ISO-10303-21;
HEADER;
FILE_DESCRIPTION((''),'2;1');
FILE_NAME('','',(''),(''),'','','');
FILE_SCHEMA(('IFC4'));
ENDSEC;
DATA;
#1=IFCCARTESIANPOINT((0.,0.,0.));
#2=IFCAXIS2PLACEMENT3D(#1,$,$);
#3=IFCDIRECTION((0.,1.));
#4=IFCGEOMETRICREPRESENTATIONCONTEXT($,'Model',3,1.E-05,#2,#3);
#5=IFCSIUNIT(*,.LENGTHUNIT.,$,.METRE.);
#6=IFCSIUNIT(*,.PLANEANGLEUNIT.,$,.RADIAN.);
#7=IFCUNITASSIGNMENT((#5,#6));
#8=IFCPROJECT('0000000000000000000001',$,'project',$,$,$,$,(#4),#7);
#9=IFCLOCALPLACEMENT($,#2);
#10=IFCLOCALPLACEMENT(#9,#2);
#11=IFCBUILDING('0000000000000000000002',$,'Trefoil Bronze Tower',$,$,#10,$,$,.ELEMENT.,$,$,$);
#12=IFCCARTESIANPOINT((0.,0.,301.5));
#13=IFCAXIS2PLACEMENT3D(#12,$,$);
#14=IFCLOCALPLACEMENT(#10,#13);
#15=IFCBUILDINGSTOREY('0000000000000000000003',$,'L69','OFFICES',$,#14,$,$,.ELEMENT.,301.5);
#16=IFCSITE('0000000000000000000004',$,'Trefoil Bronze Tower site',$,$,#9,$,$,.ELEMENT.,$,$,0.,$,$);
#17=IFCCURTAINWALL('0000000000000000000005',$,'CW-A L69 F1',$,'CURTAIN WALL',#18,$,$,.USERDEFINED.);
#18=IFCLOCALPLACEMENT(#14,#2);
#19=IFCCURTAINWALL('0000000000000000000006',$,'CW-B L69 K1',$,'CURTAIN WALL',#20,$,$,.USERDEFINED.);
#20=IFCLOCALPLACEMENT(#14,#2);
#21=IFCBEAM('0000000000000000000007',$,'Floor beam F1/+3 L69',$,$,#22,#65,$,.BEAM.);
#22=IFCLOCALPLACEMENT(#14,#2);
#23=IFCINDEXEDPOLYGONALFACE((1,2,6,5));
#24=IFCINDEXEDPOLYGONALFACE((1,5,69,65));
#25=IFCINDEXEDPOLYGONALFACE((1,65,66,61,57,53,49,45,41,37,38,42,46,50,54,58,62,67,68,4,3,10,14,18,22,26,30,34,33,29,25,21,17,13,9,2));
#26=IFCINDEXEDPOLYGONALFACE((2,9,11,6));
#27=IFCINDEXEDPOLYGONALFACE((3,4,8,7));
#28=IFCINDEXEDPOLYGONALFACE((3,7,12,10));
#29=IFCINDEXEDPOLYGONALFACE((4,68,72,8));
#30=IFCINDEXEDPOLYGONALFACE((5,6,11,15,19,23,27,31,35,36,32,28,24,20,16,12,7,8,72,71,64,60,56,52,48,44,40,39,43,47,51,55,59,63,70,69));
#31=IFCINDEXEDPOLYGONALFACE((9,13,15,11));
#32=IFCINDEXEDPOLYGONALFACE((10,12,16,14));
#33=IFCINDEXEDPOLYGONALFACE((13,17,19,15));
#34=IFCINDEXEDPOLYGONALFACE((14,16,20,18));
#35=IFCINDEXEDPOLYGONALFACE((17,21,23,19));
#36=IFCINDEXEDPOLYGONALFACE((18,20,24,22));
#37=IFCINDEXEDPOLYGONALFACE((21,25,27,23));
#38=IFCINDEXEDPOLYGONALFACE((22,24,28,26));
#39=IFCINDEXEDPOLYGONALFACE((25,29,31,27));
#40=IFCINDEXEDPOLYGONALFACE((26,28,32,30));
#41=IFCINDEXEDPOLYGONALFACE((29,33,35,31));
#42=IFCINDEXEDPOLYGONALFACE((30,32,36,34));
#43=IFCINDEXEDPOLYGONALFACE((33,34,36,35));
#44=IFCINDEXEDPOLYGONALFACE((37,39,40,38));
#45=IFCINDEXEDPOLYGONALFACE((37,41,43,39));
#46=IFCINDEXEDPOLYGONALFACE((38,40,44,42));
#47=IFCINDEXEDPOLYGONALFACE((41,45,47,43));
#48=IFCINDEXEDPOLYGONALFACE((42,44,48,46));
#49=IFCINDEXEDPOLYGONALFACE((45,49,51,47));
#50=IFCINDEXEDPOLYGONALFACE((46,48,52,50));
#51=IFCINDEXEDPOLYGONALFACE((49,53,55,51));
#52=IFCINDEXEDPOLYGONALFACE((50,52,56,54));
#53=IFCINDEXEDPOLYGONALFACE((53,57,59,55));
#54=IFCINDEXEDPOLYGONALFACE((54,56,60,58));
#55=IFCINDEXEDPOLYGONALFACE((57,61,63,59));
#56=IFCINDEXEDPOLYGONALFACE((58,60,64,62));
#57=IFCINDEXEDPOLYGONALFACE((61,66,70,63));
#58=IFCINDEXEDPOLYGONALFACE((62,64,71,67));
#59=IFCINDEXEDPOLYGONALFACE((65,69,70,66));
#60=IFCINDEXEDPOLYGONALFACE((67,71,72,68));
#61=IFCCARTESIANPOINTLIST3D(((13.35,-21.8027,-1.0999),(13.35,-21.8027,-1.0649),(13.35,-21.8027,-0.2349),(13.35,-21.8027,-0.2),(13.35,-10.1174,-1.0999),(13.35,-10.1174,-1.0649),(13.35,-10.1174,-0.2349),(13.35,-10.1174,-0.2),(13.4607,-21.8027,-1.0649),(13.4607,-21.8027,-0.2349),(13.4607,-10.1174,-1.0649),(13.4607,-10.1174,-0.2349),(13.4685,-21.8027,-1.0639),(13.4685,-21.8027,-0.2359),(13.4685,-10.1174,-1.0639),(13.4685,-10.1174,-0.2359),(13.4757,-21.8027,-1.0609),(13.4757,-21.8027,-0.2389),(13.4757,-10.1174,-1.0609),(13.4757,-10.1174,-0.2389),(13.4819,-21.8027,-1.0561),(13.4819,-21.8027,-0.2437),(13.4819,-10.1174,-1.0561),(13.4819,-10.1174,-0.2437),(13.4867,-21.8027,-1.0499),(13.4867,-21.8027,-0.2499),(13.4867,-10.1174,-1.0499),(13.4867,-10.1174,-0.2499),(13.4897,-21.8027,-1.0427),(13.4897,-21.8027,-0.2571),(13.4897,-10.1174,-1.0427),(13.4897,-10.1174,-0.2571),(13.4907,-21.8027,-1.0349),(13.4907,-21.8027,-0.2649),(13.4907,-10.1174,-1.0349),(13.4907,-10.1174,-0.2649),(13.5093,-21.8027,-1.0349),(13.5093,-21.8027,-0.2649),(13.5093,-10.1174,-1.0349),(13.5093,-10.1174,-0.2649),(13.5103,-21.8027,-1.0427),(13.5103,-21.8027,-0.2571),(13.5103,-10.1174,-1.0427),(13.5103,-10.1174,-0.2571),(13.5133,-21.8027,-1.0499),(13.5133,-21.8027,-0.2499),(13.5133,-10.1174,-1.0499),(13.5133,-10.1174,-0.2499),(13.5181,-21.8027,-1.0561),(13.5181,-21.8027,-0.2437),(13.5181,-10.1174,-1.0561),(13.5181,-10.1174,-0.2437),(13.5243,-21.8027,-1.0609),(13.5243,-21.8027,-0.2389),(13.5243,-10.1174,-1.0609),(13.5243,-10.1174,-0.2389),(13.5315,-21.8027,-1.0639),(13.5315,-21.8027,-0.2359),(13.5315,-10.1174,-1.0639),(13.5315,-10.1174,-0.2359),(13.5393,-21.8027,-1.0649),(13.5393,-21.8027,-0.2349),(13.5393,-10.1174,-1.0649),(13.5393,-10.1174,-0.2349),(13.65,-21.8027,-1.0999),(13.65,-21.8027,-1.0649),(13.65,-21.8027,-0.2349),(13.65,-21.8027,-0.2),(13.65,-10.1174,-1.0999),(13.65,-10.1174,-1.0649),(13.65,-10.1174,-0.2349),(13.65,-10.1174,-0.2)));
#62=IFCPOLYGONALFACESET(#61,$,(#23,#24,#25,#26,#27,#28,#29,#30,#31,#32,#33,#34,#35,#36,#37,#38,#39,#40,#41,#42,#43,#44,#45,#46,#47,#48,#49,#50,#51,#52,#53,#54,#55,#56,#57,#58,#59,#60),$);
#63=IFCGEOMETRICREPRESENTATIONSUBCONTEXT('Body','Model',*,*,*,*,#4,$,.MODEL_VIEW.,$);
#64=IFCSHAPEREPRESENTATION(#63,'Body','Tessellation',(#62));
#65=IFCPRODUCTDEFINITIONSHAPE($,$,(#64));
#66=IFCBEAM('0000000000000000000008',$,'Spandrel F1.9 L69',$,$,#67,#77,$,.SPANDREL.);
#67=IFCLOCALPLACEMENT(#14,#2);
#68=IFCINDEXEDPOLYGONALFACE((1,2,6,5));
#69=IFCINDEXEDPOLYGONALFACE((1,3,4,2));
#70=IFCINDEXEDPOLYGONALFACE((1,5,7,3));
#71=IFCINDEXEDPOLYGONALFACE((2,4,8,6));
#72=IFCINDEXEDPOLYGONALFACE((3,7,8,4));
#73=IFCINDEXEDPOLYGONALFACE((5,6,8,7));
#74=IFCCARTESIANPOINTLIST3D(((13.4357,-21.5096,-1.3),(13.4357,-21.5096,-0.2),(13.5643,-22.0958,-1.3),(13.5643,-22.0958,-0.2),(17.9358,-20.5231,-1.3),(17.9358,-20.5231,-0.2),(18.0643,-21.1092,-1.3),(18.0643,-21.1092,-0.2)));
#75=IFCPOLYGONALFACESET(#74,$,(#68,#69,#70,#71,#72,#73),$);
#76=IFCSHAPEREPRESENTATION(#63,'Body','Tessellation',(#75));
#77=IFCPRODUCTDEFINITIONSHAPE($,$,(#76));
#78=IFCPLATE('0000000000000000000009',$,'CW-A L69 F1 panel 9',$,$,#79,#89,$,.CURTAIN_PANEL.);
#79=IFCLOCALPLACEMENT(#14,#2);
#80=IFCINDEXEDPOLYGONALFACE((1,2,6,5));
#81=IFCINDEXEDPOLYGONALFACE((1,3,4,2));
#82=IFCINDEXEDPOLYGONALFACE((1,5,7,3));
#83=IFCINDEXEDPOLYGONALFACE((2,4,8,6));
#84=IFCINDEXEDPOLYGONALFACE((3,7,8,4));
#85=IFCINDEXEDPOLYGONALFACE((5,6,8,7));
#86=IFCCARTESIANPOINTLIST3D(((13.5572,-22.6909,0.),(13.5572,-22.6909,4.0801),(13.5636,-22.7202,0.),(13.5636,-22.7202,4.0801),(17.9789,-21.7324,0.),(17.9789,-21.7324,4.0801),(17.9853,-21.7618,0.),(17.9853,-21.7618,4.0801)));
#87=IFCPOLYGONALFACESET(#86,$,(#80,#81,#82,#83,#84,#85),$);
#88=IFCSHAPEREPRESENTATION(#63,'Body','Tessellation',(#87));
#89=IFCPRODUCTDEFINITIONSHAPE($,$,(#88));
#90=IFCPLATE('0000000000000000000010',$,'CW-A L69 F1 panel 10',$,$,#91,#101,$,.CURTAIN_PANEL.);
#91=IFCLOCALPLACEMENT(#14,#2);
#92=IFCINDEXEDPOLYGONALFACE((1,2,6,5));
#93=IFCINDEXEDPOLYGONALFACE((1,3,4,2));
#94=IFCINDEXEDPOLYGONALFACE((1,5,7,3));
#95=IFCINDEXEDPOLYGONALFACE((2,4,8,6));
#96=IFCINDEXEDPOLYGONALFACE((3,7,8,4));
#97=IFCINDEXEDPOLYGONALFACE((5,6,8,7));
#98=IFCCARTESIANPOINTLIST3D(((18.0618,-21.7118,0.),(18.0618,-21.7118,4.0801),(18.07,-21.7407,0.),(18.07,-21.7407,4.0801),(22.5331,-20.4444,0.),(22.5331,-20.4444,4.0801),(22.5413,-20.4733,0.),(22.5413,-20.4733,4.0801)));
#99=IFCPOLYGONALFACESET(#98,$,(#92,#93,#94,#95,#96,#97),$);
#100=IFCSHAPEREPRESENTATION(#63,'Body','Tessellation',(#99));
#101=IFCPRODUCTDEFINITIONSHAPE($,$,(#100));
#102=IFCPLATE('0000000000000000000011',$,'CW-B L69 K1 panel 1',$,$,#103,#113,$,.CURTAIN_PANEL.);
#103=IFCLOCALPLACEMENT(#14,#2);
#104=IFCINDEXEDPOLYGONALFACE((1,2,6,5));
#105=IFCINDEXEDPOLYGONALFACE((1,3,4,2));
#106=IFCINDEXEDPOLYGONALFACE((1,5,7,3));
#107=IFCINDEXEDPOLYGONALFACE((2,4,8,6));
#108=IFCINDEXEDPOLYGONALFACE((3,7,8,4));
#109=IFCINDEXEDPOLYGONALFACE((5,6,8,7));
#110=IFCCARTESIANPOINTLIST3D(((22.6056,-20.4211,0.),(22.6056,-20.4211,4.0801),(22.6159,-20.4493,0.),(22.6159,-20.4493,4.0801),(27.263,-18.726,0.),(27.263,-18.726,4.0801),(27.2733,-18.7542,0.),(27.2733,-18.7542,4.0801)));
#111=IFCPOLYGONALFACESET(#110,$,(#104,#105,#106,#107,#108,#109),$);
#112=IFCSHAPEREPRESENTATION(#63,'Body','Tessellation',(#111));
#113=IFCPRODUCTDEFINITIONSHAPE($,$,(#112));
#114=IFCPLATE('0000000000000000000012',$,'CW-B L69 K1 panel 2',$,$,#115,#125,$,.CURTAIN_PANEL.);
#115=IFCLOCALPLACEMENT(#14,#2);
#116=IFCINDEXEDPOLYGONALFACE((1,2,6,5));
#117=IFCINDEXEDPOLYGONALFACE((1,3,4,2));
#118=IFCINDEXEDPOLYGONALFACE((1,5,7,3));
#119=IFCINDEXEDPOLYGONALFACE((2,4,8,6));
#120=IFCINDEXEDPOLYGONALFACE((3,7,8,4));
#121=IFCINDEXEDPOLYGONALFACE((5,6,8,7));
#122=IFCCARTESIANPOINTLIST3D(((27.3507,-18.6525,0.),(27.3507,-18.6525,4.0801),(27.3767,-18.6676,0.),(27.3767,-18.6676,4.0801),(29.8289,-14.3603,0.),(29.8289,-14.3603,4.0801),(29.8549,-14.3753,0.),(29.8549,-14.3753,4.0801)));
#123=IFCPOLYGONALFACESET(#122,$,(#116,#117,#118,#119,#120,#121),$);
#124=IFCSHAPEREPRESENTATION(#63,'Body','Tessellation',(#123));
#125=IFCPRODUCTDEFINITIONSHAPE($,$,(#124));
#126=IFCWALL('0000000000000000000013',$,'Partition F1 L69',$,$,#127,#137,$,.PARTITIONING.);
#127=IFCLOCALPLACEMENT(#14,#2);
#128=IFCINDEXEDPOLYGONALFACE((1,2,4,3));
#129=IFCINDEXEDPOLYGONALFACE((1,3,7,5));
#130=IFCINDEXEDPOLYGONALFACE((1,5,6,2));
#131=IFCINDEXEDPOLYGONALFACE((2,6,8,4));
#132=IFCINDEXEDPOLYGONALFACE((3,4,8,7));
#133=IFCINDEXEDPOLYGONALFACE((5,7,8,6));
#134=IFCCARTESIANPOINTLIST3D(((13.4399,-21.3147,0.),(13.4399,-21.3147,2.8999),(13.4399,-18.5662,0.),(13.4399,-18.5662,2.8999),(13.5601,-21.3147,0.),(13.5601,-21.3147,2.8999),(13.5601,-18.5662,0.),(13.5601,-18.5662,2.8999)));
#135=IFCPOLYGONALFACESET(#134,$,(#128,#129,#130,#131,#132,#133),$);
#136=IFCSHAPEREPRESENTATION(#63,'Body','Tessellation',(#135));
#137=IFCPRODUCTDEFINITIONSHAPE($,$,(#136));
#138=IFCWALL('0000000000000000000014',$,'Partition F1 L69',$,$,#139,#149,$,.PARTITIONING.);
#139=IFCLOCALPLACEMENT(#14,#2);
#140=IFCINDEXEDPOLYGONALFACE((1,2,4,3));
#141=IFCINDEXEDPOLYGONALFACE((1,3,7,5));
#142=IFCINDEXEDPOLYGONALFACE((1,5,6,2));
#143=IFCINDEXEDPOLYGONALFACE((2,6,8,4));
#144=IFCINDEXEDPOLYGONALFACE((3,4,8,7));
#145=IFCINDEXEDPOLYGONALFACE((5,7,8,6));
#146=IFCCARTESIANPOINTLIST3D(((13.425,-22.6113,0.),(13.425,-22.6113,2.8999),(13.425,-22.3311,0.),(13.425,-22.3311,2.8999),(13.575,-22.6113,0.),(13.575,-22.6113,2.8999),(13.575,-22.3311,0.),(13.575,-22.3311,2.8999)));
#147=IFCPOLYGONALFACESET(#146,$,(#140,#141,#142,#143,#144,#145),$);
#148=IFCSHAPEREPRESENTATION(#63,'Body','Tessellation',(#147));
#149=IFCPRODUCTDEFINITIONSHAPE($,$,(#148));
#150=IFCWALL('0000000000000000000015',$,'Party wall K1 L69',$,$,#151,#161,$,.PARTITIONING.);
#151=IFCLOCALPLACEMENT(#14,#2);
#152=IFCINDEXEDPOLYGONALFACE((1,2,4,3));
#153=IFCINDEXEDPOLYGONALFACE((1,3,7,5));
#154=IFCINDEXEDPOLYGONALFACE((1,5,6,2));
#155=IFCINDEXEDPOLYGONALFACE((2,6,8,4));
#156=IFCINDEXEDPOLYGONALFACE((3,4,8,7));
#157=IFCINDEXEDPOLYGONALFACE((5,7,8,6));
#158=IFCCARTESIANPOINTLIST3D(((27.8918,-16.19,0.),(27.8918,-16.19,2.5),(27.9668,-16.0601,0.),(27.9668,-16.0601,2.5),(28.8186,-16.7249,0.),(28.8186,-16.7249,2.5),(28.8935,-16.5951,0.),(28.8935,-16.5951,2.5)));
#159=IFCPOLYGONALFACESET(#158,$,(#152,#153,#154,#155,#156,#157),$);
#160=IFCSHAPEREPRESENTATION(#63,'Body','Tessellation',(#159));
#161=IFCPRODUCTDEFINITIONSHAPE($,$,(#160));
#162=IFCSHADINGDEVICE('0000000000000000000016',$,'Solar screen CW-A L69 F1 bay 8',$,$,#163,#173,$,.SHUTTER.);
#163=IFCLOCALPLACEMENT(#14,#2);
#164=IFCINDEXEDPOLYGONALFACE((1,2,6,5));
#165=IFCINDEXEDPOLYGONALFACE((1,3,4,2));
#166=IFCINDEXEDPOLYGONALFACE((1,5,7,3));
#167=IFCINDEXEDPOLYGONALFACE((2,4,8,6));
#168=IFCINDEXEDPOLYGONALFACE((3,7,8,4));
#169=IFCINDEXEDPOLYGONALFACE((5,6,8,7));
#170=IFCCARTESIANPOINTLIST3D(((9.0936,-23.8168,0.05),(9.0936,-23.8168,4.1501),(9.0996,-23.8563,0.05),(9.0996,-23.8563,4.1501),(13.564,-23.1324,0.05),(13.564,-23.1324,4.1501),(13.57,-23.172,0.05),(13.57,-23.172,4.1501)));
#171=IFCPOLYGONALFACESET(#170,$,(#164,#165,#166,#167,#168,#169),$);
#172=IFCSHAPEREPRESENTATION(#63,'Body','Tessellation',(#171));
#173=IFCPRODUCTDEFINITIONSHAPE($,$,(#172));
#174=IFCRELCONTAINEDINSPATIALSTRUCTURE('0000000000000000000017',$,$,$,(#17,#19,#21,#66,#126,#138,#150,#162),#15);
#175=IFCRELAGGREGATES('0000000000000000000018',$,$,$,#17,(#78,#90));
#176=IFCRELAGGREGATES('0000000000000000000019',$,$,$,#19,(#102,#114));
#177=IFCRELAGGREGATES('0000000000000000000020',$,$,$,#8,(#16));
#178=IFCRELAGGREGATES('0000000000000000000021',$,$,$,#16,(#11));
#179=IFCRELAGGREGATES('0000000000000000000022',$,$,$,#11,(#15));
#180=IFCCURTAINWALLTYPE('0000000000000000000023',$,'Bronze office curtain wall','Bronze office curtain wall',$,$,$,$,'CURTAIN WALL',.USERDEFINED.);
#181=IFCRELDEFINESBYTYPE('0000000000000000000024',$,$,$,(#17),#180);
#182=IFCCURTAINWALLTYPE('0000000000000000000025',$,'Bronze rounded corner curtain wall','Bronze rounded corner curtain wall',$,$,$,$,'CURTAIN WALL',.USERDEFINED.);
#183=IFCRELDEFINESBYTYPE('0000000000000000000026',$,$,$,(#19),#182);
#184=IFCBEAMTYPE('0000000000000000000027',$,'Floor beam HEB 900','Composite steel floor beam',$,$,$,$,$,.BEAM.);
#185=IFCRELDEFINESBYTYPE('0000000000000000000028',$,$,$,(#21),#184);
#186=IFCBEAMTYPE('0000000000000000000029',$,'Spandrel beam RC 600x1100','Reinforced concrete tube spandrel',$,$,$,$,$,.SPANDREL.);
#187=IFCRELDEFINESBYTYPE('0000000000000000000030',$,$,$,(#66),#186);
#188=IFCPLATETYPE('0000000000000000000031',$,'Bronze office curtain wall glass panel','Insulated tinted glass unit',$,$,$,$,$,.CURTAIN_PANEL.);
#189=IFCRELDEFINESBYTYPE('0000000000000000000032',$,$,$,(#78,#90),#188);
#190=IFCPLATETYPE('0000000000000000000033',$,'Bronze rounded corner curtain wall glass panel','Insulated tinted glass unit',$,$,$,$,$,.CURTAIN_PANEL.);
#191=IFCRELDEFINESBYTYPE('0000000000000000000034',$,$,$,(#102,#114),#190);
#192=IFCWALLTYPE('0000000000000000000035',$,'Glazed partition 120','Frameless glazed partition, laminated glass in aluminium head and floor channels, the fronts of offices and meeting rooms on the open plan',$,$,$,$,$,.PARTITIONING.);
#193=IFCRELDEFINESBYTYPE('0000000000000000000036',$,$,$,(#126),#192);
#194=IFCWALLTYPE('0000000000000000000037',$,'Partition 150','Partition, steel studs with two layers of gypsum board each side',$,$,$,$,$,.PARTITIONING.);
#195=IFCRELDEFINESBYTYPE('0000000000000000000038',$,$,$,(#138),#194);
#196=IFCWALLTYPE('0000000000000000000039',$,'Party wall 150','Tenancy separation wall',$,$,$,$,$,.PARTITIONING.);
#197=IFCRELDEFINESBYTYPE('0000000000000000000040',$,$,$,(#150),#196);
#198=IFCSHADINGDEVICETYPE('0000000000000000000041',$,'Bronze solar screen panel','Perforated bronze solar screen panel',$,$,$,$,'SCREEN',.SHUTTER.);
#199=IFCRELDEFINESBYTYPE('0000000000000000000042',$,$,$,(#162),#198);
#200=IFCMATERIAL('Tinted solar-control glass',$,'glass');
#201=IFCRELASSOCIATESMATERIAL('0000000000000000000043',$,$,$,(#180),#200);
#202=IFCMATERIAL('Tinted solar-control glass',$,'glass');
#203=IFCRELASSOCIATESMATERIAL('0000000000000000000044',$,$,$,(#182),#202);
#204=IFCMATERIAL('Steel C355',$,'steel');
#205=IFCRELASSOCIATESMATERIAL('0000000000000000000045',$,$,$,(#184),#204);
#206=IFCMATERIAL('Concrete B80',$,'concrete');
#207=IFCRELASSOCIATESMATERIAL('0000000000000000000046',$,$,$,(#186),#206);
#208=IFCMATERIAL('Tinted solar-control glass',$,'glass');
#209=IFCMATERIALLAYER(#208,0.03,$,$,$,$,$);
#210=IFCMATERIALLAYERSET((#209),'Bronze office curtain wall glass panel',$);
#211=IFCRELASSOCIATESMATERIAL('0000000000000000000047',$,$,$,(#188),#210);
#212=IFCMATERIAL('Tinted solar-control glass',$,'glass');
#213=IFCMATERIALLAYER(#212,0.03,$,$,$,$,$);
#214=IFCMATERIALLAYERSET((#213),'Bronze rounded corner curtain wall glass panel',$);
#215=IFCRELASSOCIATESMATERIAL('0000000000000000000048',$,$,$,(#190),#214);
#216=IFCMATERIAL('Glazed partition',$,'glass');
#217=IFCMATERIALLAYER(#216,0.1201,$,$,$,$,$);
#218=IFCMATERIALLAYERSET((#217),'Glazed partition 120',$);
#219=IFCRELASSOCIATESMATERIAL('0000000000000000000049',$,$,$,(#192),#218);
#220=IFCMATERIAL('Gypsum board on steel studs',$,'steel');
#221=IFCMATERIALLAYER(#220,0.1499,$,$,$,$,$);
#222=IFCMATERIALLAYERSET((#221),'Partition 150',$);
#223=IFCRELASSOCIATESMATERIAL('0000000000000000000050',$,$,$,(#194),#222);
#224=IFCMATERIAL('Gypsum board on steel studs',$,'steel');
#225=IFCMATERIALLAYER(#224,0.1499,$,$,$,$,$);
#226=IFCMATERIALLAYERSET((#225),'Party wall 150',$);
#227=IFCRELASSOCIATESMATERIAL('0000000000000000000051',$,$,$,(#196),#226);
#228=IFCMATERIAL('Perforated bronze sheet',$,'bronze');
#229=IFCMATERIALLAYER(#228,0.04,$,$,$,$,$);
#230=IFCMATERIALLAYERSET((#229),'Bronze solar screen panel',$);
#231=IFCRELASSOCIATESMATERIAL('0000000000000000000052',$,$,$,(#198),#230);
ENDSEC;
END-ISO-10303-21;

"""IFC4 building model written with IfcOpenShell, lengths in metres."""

from ifc_helpers import new_model, si_unit, direction, frame, frame_2d, origin, origin_2d, place, context, subcontext, project, spatial, rectangle, i_section, extrude, material, layer, layer_set, material_profile, profile_set, type_object, element, aggregate, save


model = new_model("IFC4")

# Units and contexts
model_context = context("Model", 3, precision=1e-05, world=origin(), true_north=direction((0.0, 1.0)))
body_context = subcontext(model_context, "Body", "Model", "MODEL_VIEW")
ifc_project = project(units=[si_unit("LENGTHUNIT", "METRE"), si_unit("PLANEANGLEUNIT", "RADIAN")], contexts=[model_context])

# Site, building, storey
site_placement = place(None, origin())
site = spatial("IfcSite", under=ifc_project, at=site_placement, Name="Trefoil Bronze Tower site", CompositionType="ELEMENT", RefElevation=0.0)
building_placement = place(site_placement, origin())
building = spatial("IfcBuilding", under=site, at=building_placement, Name="Trefoil Bronze Tower", CompositionType="ELEMENT")
storey_placement = place(building_placement, frame((0.0, 0.0, 301.5)))
storey = spatial("IfcBuildingStorey", under=building, at=storey_placement, Name="L69", Description="OFFICES", CompositionType="ELEMENT", Elevation=301.5)

# Curtain walls
ifc_material_1 = material(Name="Tinted solar-control glass", Category="glass")
curtain_wall_type_1 = type_object("IfcCurtainWallType", Name="Bronze office curtain wall", Description="Bronze office curtain wall", ElementType="CURTAIN WALL", PredefinedType="USERDEFINED", material=ifc_material_1)
curtain_wall_1_placement = place(storey_placement, origin())
curtain_wall_1 = element("IfcCurtainWall", 1, at=curtain_wall_1_placement, inside=storey, type_object=curtain_wall_type_1, Name="CW-A L69 F1", ObjectType="CURTAIN WALL", PredefinedType="USERDEFINED")
ifc_material_2 = material(Name="Tinted solar-control glass", Category="glass")
curtain_wall_type_2 = type_object("IfcCurtainWallType", Name="Bronze rounded corner curtain wall", Description="Bronze rounded corner curtain wall", ElementType="CURTAIN WALL", PredefinedType="USERDEFINED", material=ifc_material_2)
curtain_wall_2_placement = place(storey_placement, origin())
curtain_wall_2 = element("IfcCurtainWall", 2, at=curtain_wall_2_placement, inside=storey, type_object=curtain_wall_type_2, Name="CW-B L69 K1", ObjectType="CURTAIN WALL", PredefinedType="USERDEFINED")

# Beams
ifc_material_3 = material(Name="Steel C355", Category="steel")
ifc_material_profile_1 = material_profile(ifc_material_3, i_section(OverallWidth=0.3, OverallDepth=0.8999, WebThickness=0.0186, FlangeThickness=0.0349, FilletRadius=0.03, at=origin_2d()), Name="HEB 900")
ifc_profile_set_1 = profile_set([ifc_material_profile_1], Name="Steel C355")
beam_type_1 = type_object("IfcBeamType", Name="Floor beam HEB 900", Description="Composite steel floor beam", PredefinedType="BEAM", material=ifc_profile_set_1)
beam_1_placement = place(storey_placement, frame((13.5, -21.8027, -0.6499), z_axis=(0.0, 1.0, 0.0), x_axis=(-1.0, 0.0, 0.0)))
element("IfcBeam", 3, at=beam_1_placement, inside=storey, type_object=beam_type_1, Name="Floor beam F1/+3 L69", PredefinedType="BEAM", context=body_context, shape_type="SweptSolid", body=[
    extrude(i_section(OverallWidth=0.3, OverallDepth=0.8999, WebThickness=0.0186, FlangeThickness=0.0349, FilletRadius=0.03, at=origin_2d()), origin(), (0.0, 0.0, 1.0), 11.6853),
])
ifc_material_4 = material(Name="Concrete B80", Category="concrete")
ifc_material_profile_2 = material_profile(ifc_material_4, rectangle(XDim=0.6001, YDim=1.1001, at=origin_2d()), Name="RC 600x1100")
ifc_profile_set_2 = profile_set([ifc_material_profile_2], Name="Concrete B80")
beam_type_2 = type_object("IfcBeamType", Name="Spandrel beam RC 600x1100", Description="Reinforced concrete tube spandrel", PredefinedType="SPANDREL", material=ifc_profile_set_2)
beam_2_placement = place(storey_placement, frame((13.5, -21.8027, -0.75), z_axis=(0.9768, 0.214152, 0.0), x_axis=(-0.214152, 0.9768, 0.0)))
element("IfcBeam", 4, at=beam_2_placement, inside=storey, type_object=beam_type_2, Name="Spandrel F1.9 L69", PredefinedType="SPANDREL", context=body_context, shape_type="SweptSolid", body=[
    extrude(rectangle(XDim=0.6001, YDim=1.1001, at=origin_2d()), origin(), (0.0, 0.0, 1.0), 4.6069),
])

# Plates
ifc_material_5 = material(Name="Tinted solar-control glass", Category="glass")
ifc_layer_1 = layer(ifc_material_5, 0.03)
ifc_layer_set_1 = layer_set([ifc_layer_1], Name="Bronze office curtain wall glass panel")
plate_type_1 = type_object("IfcPlateType", Name="Bronze office curtain wall glass panel", Description="Insulated tinted glass unit", PredefinedType="CURTAIN_PANEL", material=ifc_layer_set_1)
plate_1_placement = place(storey_placement, frame((15.7712, -22.2263, 0.0), z_axis=(0.0, 0.0, 1.0), x_axis=(0.977303, 0.211846, 0.0)))
plate_1 = element("IfcPlate", 5, at=plate_1_placement, type_object=plate_type_1, Name="CW-A L69 F1 panel 9", PredefinedType="CURTAIN_PANEL", context=body_context, shape_type="SweptSolid", body=[
    extrude(rectangle(XDim=4.5244, YDim=0.03, at=origin_2d()), origin(), (0.0, 0.0, 1.0), 4.0801),
])
plate_2_placement = place(storey_placement, frame((20.3015, -21.0925, 0.0), z_axis=(0.0, 0.0, 1.0), x_axis=(0.962098, 0.272705, 0.0)))
plate_2 = element("IfcPlate", 6, at=plate_2_placement, type_object=plate_type_1, Name="CW-A L69 F1 panel 10", PredefinedType="CURTAIN_PANEL", context=body_context, shape_type="SweptSolid", body=[
    extrude(rectangle(XDim=4.6475, YDim=0.03, at=origin_2d()), origin(), (0.0, 0.0, 1.0), 4.0801),
])
aggregate(curtain_wall_1, [plate_1, plate_2])
ifc_material_6 = material(Name="Tinted solar-control glass", Category="glass")
ifc_layer_2 = layer(ifc_material_6, 0.03)
ifc_layer_set_2 = layer_set([ifc_layer_2], Name="Bronze rounded corner curtain wall glass panel")
plate_type_2 = type_object("IfcPlateType", Name="Bronze rounded corner curtain wall glass panel", Description="Insulated tinted glass unit", PredefinedType="CURTAIN_PANEL", material=ifc_layer_set_2)
plate_3_placement = place(storey_placement, frame((24.9395, -19.5876, 0.0), z_axis=(0.0, 0.0, 1.0), x_axis=(0.939693, 0.34202, 0.0)))
plate_3 = element("IfcPlate", 7, at=plate_3_placement, type_object=plate_type_2, Name="CW-B L69 K1 panel 1", PredefinedType="CURTAIN_PANEL", context=body_context, shape_type="SweptSolid", body=[
    extrude(rectangle(XDim=4.9563, YDim=0.03, at=origin_2d()), origin(), (0.0, 0.0, 1.0), 4.0801),
])
plate_4_placement = place(storey_placement, frame((28.6028, -16.5139, 0.0), z_axis=(0.0, 0.0, 1.0), x_axis=(0.5, 0.866025, 0.0)))
plate_4 = element("IfcPlate", 8, at=plate_4_placement, type_object=plate_type_2, Name="CW-B L69 K1 panel 2", PredefinedType="CURTAIN_PANEL", context=body_context, shape_type="SweptSolid", body=[
    extrude(rectangle(XDim=4.9563, YDim=0.03, at=origin_2d()), origin(), (0.0, 0.0, 1.0), 4.0801),
])
aggregate(curtain_wall_2, [plate_3, plate_4])

# Walls
ifc_material_7 = material(Name="Glazed partition", Category="glass")
ifc_layer_3 = layer(ifc_material_7, 0.1201)
ifc_layer_set_3 = layer_set([ifc_layer_3], Name="Glazed partition 120")
wall_type_1 = type_object("IfcWallType", Name="Glazed partition 120", Description="Frameless glazed partition, laminated glass in aluminium head and floor channels, the fronts of offices and meeting rooms on the open plan", PredefinedType="PARTITIONING", material=ifc_layer_set_3)
wall_1_placement = place(storey_placement, frame((13.5, -18.5662, 0.0), z_axis=(0.0, 0.0, 1.0), x_axis=(0.0, -1.0, 0.0)))
element("IfcWall", 9, at=wall_1_placement, inside=storey, type_object=wall_type_1, Name="Partition F1 L69", PredefinedType="PARTITIONING", context=body_context, shape_type="SweptSolid", body=[
    extrude(rectangle(XDim=2.7485, YDim=0.1201, at=frame_2d((1.3743, 0.0))), origin(), (0.0, 0.0, 1.0), 2.8999),
])
ifc_material_8 = material(Name="Gypsum board on steel studs", Category="steel")
ifc_layer_4 = layer(ifc_material_8, 0.1499)
ifc_layer_set_4 = layer_set([ifc_layer_4], Name="Partition 150")
wall_type_2 = type_object("IfcWallType", Name="Partition 150", Description="Partition, steel studs with two layers of gypsum board each side", PredefinedType="PARTITIONING", material=ifc_layer_set_4)
wall_2_placement = place(storey_placement, frame((13.5, -22.3311, 0.0), z_axis=(0.0, 0.0, 1.0), x_axis=(0.0, -1.0, 0.0)))
element("IfcWall", 10, at=wall_2_placement, inside=storey, type_object=wall_type_2, Name="Partition F1 L69", PredefinedType="PARTITIONING", context=body_context, shape_type="SweptSolid", body=[
    extrude(rectangle(XDim=0.2803, YDim=0.1499, at=frame_2d((0.1401, 0.0))), origin(), (0.0, 0.0, 1.0), 2.8999),
])
ifc_material_9 = material(Name="Gypsum board on steel studs", Category="steel")
ifc_layer_5 = layer(ifc_material_9, 0.1499)
ifc_layer_set_5 = layer_set([ifc_layer_5], Name="Party wall 150")
wall_type_3 = type_object("IfcWallType", Name="Party wall 150", Description="Tenancy separation wall", PredefinedType="PARTITIONING", material=ifc_layer_set_5)
wall_3_placement = place(storey_placement, frame((27.9292, -16.125, 0.0), z_axis=(0.0, 0.0, 1.0), x_axis=(0.866087, -0.499894, 0.0)))
element("IfcWall", 11, at=wall_3_placement, inside=storey, type_object=wall_type_3, Name="Party wall K1 L69", PredefinedType="PARTITIONING", context=body_context, shape_type="SweptSolid", body=[
    extrude(rectangle(XDim=1.0701, YDim=0.1499, at=frame_2d((0.5352, 0.0))), origin(), (0.0, 0.0, 1.0), 2.5),
])

# Shading device
ifc_material_10 = material(Name="Perforated bronze sheet", Category="bronze")
ifc_layer_6 = layer(ifc_material_10, 0.04)
ifc_layer_set_6 = layer_set([ifc_layer_6], Name="Bronze solar screen panel")
shading_device_type = type_object("IfcShadingDeviceType", Name="Bronze solar screen panel", Description="Perforated bronze solar screen panel", ElementType="SCREEN", PredefinedType="SHUTTER", material=ifc_layer_set_6)
shading_device_1_placement = place(storey_placement, frame((11.3318, -23.4944, 0.05), z_axis=(0.0, 0.0, 1.0), x_axis=(0.988485, 0.151317, 0.0)))
element("IfcShadingDevice", 12, at=shading_device_1_placement, inside=storey, type_object=shading_device_type, Name="Solar screen CW-A L69 F1 bay 8", PredefinedType="SHUTTER", context=body_context, shape_type="SweptSolid", body=[
    extrude(rectangle(XDim=4.5225, YDim=0.04, at=origin_2d()), origin(), (0.0, 0.0, 1.0), 4.1001),
])

save(model, "model.ifc")
